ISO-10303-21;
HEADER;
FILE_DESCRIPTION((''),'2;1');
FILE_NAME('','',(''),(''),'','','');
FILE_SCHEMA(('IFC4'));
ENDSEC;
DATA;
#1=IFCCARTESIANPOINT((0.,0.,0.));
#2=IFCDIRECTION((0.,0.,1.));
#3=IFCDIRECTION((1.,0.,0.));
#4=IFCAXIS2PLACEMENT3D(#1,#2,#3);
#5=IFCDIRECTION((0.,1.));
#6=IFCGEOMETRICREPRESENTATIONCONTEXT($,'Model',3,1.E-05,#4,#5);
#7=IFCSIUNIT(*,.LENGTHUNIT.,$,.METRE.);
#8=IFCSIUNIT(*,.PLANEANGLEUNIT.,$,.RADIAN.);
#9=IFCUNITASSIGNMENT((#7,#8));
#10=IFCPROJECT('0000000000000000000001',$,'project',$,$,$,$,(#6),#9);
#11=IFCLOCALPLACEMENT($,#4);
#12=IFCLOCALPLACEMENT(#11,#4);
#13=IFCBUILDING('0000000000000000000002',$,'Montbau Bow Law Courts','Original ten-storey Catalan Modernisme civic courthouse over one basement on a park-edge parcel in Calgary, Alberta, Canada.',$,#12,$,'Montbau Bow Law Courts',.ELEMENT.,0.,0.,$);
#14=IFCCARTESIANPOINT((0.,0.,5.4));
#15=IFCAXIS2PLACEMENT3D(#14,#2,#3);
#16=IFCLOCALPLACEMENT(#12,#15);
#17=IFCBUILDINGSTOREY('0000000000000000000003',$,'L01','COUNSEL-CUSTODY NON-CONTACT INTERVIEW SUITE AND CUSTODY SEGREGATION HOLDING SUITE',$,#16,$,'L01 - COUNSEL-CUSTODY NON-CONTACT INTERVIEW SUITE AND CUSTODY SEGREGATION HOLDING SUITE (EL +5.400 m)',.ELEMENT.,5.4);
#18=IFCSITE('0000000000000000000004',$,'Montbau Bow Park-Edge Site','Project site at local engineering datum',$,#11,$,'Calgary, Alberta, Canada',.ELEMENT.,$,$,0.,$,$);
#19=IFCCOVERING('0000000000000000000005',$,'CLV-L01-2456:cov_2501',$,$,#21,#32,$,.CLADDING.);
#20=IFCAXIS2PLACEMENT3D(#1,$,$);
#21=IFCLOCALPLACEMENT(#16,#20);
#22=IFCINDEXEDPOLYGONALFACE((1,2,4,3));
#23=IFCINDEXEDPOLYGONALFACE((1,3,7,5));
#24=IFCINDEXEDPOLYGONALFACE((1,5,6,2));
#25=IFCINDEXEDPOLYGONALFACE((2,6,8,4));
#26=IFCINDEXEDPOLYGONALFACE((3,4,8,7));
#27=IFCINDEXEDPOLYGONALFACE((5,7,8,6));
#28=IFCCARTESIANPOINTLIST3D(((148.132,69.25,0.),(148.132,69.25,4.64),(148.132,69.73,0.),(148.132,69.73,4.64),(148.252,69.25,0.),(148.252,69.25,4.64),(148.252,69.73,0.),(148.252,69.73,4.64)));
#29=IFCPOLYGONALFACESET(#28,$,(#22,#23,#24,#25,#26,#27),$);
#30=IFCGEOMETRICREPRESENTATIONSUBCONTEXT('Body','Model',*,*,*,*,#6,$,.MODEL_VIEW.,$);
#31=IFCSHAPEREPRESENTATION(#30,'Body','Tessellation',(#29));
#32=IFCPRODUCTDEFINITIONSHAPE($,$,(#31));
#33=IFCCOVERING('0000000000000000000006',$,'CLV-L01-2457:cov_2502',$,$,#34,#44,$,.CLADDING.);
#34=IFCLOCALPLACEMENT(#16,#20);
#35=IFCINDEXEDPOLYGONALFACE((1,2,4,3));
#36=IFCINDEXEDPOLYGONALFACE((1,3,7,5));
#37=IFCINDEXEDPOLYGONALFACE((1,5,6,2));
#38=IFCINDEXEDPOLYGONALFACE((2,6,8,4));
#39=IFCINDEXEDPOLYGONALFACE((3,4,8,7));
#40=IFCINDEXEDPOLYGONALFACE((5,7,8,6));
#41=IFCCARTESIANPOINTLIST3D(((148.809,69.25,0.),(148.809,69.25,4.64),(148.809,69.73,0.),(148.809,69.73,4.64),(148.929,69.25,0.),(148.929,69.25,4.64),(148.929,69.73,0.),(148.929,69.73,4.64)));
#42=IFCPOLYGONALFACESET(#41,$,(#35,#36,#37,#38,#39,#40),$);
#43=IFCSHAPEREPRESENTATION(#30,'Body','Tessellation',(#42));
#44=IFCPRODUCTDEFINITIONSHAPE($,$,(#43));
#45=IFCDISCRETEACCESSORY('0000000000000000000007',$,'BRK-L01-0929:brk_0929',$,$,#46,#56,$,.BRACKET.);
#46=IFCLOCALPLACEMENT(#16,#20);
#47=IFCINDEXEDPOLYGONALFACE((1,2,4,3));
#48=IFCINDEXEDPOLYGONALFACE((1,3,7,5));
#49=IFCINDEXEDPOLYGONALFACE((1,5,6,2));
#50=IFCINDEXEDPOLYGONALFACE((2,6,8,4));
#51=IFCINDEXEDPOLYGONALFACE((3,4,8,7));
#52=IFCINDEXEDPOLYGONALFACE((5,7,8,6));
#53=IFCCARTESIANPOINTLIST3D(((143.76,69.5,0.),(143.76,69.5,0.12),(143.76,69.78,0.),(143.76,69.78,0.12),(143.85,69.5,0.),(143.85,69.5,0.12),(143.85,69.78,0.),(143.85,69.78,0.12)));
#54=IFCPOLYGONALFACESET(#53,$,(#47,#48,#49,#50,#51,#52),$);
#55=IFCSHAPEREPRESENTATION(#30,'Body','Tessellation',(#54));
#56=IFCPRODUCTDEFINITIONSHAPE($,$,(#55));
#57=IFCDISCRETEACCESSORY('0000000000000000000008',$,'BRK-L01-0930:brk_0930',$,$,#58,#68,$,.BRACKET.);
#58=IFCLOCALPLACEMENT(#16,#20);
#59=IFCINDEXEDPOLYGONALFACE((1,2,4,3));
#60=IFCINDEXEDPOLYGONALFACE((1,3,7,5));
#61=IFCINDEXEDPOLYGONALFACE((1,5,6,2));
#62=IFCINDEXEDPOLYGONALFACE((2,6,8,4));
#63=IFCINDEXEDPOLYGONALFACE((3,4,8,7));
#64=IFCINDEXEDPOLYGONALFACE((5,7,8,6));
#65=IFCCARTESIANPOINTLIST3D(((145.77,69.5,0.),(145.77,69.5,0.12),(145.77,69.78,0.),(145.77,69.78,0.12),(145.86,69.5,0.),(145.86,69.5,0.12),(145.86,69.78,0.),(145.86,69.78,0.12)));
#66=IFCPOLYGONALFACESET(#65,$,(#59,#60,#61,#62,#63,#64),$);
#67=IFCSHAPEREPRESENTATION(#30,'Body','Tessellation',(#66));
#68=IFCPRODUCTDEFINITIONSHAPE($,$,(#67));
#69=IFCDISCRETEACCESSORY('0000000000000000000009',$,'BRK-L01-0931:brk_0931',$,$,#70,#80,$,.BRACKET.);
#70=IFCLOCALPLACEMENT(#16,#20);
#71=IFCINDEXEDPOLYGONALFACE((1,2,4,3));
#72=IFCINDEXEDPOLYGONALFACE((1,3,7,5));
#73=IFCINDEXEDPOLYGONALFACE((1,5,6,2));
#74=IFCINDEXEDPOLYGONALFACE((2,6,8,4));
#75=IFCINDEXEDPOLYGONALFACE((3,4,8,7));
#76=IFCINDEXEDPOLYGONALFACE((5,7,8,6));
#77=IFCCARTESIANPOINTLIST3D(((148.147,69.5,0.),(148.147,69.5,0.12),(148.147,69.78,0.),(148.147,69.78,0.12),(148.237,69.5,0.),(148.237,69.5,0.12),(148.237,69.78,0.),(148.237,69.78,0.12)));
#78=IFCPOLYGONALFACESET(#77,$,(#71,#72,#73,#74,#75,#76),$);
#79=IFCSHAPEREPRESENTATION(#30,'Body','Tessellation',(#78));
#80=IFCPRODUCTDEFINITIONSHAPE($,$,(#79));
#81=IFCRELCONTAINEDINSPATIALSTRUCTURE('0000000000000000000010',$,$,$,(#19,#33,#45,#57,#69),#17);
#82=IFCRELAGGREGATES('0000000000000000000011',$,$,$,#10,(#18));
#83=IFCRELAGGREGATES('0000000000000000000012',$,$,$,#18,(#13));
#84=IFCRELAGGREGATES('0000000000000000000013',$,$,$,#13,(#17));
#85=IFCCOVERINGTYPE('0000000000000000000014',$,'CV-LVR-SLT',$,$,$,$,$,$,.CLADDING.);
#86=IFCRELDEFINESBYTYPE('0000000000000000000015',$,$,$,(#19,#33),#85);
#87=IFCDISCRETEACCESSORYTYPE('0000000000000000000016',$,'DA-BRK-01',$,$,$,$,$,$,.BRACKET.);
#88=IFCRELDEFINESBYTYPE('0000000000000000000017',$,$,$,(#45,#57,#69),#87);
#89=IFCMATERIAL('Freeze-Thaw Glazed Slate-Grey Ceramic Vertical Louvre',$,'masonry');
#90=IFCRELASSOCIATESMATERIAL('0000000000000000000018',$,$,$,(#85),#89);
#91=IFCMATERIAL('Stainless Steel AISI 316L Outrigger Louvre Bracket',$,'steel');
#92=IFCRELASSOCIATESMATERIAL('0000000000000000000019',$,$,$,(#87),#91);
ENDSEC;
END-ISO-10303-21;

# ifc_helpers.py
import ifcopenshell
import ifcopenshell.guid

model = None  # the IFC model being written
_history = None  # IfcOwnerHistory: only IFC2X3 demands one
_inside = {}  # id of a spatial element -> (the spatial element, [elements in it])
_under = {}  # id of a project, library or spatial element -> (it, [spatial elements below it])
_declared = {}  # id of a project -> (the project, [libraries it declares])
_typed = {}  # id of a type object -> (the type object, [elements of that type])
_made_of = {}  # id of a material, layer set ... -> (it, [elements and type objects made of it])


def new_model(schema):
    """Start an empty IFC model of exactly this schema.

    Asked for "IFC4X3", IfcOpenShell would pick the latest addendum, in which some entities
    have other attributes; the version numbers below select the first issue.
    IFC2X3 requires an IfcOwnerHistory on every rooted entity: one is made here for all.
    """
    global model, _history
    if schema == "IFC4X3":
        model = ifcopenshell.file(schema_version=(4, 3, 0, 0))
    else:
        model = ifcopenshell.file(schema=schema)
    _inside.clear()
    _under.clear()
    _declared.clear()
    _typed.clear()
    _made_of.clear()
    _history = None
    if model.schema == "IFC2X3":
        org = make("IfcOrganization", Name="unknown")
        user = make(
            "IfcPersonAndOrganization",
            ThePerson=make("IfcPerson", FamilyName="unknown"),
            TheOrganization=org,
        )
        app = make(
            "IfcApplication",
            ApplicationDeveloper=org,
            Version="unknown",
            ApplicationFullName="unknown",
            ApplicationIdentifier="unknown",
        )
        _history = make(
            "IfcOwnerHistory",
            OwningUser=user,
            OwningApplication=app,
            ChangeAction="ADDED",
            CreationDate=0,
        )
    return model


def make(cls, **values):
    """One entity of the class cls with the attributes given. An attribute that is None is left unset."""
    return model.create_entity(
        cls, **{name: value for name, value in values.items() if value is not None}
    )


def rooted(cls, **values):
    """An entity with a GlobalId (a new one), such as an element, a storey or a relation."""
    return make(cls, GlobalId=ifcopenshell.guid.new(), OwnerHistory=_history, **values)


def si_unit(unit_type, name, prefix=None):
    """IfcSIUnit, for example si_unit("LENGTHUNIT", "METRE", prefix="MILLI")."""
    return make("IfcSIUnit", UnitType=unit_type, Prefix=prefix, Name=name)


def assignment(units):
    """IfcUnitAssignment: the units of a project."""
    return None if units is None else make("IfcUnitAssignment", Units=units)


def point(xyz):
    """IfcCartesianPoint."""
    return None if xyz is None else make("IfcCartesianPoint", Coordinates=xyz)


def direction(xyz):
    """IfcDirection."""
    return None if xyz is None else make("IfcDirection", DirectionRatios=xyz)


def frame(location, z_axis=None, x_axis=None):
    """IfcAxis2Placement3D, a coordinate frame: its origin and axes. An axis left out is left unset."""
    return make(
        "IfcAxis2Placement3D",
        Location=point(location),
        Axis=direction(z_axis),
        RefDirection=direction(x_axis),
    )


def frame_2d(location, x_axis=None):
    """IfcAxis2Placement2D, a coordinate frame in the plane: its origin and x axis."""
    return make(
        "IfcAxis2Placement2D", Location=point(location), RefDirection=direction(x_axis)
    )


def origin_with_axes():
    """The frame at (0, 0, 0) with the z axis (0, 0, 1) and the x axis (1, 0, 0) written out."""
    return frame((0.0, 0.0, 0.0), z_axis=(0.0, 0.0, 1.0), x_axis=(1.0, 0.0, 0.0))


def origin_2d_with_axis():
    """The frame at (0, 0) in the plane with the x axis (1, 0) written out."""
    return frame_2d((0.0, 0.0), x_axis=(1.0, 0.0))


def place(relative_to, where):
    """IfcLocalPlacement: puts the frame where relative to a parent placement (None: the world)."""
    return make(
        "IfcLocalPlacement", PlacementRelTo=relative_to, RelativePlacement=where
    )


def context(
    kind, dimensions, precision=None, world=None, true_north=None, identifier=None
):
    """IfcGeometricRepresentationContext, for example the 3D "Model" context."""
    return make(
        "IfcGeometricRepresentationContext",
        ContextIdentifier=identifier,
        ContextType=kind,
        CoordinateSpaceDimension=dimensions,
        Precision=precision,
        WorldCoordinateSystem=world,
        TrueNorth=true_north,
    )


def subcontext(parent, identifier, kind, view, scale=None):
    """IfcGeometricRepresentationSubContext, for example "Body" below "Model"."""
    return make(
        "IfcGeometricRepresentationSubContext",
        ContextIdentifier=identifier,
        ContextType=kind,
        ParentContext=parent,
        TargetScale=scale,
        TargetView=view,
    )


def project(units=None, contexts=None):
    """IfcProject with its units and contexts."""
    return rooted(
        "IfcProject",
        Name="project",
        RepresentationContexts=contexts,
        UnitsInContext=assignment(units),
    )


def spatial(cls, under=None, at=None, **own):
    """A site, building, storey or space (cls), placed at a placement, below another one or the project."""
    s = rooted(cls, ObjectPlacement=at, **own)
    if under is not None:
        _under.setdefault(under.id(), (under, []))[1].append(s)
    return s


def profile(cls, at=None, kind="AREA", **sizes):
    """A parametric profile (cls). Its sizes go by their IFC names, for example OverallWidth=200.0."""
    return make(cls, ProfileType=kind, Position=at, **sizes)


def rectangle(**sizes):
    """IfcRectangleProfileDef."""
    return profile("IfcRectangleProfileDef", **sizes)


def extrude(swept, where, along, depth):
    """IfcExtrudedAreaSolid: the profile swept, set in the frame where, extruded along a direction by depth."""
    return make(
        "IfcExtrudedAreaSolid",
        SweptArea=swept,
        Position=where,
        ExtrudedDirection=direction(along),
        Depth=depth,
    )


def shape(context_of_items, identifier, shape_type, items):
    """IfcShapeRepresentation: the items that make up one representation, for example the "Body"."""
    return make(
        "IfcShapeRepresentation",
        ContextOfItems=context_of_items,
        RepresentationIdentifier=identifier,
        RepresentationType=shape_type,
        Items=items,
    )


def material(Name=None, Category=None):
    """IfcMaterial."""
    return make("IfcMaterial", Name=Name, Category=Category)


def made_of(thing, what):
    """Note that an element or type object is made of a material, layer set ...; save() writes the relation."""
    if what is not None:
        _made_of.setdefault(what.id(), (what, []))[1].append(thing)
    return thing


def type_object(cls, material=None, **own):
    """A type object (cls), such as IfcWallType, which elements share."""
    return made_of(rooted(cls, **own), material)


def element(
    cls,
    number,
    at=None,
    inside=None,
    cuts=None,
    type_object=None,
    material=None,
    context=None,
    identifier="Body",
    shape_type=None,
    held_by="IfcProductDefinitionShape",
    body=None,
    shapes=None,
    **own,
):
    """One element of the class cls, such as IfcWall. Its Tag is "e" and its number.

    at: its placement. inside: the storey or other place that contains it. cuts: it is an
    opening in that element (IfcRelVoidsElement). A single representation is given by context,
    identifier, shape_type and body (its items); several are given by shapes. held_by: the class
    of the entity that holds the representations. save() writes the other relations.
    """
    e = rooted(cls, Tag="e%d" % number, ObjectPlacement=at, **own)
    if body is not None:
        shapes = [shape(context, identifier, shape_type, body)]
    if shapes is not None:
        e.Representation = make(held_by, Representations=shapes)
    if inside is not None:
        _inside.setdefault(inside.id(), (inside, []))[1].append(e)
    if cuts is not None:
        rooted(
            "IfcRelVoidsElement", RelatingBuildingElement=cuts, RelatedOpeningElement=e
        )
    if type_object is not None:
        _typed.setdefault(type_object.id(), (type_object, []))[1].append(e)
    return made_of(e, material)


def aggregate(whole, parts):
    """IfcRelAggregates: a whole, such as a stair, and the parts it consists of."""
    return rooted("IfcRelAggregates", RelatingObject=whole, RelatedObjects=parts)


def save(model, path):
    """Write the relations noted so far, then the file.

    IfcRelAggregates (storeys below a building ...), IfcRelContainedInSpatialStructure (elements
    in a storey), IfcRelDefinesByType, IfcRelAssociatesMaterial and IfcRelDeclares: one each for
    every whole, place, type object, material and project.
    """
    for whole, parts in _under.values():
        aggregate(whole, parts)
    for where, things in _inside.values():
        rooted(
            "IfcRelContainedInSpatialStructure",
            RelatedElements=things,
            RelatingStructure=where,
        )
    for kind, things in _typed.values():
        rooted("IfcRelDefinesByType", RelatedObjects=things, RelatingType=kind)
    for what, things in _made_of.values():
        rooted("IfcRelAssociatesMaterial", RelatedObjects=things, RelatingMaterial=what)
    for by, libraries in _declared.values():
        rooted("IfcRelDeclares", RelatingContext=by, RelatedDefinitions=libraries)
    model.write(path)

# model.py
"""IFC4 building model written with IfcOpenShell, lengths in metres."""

from ifc_helpers import new_model, si_unit, direction, frame, frame_2d, origin_with_axes, origin_2d_with_axis, place, context, subcontext, project, spatial, rectangle, extrude, material, type_object, element, save


model = new_model("IFC4")

# Units and contexts
model_context = context("Model", 3, precision=1e-05, world=origin_with_axes(), true_north=direction((0.0, 1.0)))
body_context = subcontext(model_context, "Body", "Model", "MODEL_VIEW")
ifc_project = project(units=[si_unit("LENGTHUNIT", "METRE"), si_unit("PLANEANGLEUNIT", "RADIAN")], contexts=[model_context])

# Site, building, storey
site_placement = place(None, origin_with_axes())
site = spatial("IfcSite", under=ifc_project, at=site_placement, Name="Montbau Bow Park-Edge Site", Description="Project site at local engineering datum", LongName="Calgary, Alberta, Canada", CompositionType="ELEMENT", RefElevation=0.0)
building_placement = place(site_placement, origin_with_axes())
building = spatial("IfcBuilding", under=site, at=building_placement, Name="Montbau Bow Law Courts", Description="Original ten-storey Catalan Modernisme civic courthouse over one basement on a park-edge parcel in Calgary, Alberta, Canada.", LongName="Montbau Bow Law Courts", CompositionType="ELEMENT", ElevationOfRefHeight=0.0, ElevationOfTerrain=0.0)
storey_placement = place(building_placement, frame((0.0, 0.0, 5.4), z_axis=(0.0, 0.0, 1.0), x_axis=(1.0, 0.0, 0.0)))
storey = spatial("IfcBuildingStorey", under=building, at=storey_placement, Name="L01", Description="COUNSEL-CUSTODY NON-CONTACT INTERVIEW SUITE AND CUSTODY SEGREGATION HOLDING SUITE", LongName="L01 - COUNSEL-CUSTODY NON-CONTACT INTERVIEW SUITE AND CUSTODY SEGREGATION HOLDING SUITE (EL +5.400 m)", CompositionType="ELEMENT", Elevation=5.4)

# Coverings
ifc_material_1 = material(Name="Freeze-Thaw Glazed Slate-Grey Ceramic Vertical Louvre", Category="masonry")
covering_type = type_object("IfcCoveringType", Name="CV-LVR-SLT", PredefinedType="CLADDING", material=ifc_material_1)
for number, where, z_axis, x_axis, name in (
    (1, (148.192, 69.73, 5.4), (-1.0, 0.0, 0.0), (0.0, -1.0, 0.0), "CLV-L01-2456:cov_2501"),
    (2, (148.869, 69.73, 5.4), (-1.0, 0.0, 0.0), (0.0, -1.0, 0.0), "CLV-L01-2457:cov_2502"),
):
    element("IfcCovering", number, at=place(None, frame(where, z_axis=z_axis, x_axis=x_axis)), inside=storey, type_object=covering_type, Name=name, PredefinedType="CLADDING", context=body_context, shape_type="SweptSolid", body=[
        extrude(rectangle(XDim=0.48, YDim=4.64, at=frame_2d((0.24, 2.32), x_axis=(1.0, 0.0))), frame((0.0, 0.0, -0.06), z_axis=(0.0, 0.0, 1.0), x_axis=(1.0, 0.0, 0.0)), (0.0, 0.0, 1.0), 0.12),
    ])

# Discrete accessories
ifc_material_2 = material(Name="Stainless Steel AISI 316L Outrigger Louvre Bracket", Category="steel")
discrete_accessory_type = type_object("IfcDiscreteAccessoryType", Name="DA-BRK-01", PredefinedType="BRACKET", material=ifc_material_2)
for number, where, z_axis, x_axis, name in (
    (3, (143.805, 69.64, 5.4), (0.0, 0.0, 1.0), (0.0, -1.0, 0.0), "BRK-L01-0929:brk_0929"),
    (4, (145.815, 69.64, 5.4), (0.0, 0.0, 1.0), (0.0, -1.0, 0.0), "BRK-L01-0930:brk_0930"),
    (5, (148.192, 69.64, 5.4), (0.0, 0.0, 1.0), (0.0, -1.0, 0.0), "BRK-L01-0931:brk_0931"),
):
    element("IfcDiscreteAccessory", number, at=place(None, frame(where, z_axis=z_axis, x_axis=x_axis)), inside=storey, type_object=discrete_accessory_type, Name=name, PredefinedType="BRACKET", context=body_context, shape_type="SweptSolid", body=[
        extrude(rectangle(XDim=0.28, YDim=0.09, at=origin_2d_with_axis()), origin_with_axes(), (0.0, 0.0, 1.0), 0.12),
    ])

save(model, "model.ifc")
